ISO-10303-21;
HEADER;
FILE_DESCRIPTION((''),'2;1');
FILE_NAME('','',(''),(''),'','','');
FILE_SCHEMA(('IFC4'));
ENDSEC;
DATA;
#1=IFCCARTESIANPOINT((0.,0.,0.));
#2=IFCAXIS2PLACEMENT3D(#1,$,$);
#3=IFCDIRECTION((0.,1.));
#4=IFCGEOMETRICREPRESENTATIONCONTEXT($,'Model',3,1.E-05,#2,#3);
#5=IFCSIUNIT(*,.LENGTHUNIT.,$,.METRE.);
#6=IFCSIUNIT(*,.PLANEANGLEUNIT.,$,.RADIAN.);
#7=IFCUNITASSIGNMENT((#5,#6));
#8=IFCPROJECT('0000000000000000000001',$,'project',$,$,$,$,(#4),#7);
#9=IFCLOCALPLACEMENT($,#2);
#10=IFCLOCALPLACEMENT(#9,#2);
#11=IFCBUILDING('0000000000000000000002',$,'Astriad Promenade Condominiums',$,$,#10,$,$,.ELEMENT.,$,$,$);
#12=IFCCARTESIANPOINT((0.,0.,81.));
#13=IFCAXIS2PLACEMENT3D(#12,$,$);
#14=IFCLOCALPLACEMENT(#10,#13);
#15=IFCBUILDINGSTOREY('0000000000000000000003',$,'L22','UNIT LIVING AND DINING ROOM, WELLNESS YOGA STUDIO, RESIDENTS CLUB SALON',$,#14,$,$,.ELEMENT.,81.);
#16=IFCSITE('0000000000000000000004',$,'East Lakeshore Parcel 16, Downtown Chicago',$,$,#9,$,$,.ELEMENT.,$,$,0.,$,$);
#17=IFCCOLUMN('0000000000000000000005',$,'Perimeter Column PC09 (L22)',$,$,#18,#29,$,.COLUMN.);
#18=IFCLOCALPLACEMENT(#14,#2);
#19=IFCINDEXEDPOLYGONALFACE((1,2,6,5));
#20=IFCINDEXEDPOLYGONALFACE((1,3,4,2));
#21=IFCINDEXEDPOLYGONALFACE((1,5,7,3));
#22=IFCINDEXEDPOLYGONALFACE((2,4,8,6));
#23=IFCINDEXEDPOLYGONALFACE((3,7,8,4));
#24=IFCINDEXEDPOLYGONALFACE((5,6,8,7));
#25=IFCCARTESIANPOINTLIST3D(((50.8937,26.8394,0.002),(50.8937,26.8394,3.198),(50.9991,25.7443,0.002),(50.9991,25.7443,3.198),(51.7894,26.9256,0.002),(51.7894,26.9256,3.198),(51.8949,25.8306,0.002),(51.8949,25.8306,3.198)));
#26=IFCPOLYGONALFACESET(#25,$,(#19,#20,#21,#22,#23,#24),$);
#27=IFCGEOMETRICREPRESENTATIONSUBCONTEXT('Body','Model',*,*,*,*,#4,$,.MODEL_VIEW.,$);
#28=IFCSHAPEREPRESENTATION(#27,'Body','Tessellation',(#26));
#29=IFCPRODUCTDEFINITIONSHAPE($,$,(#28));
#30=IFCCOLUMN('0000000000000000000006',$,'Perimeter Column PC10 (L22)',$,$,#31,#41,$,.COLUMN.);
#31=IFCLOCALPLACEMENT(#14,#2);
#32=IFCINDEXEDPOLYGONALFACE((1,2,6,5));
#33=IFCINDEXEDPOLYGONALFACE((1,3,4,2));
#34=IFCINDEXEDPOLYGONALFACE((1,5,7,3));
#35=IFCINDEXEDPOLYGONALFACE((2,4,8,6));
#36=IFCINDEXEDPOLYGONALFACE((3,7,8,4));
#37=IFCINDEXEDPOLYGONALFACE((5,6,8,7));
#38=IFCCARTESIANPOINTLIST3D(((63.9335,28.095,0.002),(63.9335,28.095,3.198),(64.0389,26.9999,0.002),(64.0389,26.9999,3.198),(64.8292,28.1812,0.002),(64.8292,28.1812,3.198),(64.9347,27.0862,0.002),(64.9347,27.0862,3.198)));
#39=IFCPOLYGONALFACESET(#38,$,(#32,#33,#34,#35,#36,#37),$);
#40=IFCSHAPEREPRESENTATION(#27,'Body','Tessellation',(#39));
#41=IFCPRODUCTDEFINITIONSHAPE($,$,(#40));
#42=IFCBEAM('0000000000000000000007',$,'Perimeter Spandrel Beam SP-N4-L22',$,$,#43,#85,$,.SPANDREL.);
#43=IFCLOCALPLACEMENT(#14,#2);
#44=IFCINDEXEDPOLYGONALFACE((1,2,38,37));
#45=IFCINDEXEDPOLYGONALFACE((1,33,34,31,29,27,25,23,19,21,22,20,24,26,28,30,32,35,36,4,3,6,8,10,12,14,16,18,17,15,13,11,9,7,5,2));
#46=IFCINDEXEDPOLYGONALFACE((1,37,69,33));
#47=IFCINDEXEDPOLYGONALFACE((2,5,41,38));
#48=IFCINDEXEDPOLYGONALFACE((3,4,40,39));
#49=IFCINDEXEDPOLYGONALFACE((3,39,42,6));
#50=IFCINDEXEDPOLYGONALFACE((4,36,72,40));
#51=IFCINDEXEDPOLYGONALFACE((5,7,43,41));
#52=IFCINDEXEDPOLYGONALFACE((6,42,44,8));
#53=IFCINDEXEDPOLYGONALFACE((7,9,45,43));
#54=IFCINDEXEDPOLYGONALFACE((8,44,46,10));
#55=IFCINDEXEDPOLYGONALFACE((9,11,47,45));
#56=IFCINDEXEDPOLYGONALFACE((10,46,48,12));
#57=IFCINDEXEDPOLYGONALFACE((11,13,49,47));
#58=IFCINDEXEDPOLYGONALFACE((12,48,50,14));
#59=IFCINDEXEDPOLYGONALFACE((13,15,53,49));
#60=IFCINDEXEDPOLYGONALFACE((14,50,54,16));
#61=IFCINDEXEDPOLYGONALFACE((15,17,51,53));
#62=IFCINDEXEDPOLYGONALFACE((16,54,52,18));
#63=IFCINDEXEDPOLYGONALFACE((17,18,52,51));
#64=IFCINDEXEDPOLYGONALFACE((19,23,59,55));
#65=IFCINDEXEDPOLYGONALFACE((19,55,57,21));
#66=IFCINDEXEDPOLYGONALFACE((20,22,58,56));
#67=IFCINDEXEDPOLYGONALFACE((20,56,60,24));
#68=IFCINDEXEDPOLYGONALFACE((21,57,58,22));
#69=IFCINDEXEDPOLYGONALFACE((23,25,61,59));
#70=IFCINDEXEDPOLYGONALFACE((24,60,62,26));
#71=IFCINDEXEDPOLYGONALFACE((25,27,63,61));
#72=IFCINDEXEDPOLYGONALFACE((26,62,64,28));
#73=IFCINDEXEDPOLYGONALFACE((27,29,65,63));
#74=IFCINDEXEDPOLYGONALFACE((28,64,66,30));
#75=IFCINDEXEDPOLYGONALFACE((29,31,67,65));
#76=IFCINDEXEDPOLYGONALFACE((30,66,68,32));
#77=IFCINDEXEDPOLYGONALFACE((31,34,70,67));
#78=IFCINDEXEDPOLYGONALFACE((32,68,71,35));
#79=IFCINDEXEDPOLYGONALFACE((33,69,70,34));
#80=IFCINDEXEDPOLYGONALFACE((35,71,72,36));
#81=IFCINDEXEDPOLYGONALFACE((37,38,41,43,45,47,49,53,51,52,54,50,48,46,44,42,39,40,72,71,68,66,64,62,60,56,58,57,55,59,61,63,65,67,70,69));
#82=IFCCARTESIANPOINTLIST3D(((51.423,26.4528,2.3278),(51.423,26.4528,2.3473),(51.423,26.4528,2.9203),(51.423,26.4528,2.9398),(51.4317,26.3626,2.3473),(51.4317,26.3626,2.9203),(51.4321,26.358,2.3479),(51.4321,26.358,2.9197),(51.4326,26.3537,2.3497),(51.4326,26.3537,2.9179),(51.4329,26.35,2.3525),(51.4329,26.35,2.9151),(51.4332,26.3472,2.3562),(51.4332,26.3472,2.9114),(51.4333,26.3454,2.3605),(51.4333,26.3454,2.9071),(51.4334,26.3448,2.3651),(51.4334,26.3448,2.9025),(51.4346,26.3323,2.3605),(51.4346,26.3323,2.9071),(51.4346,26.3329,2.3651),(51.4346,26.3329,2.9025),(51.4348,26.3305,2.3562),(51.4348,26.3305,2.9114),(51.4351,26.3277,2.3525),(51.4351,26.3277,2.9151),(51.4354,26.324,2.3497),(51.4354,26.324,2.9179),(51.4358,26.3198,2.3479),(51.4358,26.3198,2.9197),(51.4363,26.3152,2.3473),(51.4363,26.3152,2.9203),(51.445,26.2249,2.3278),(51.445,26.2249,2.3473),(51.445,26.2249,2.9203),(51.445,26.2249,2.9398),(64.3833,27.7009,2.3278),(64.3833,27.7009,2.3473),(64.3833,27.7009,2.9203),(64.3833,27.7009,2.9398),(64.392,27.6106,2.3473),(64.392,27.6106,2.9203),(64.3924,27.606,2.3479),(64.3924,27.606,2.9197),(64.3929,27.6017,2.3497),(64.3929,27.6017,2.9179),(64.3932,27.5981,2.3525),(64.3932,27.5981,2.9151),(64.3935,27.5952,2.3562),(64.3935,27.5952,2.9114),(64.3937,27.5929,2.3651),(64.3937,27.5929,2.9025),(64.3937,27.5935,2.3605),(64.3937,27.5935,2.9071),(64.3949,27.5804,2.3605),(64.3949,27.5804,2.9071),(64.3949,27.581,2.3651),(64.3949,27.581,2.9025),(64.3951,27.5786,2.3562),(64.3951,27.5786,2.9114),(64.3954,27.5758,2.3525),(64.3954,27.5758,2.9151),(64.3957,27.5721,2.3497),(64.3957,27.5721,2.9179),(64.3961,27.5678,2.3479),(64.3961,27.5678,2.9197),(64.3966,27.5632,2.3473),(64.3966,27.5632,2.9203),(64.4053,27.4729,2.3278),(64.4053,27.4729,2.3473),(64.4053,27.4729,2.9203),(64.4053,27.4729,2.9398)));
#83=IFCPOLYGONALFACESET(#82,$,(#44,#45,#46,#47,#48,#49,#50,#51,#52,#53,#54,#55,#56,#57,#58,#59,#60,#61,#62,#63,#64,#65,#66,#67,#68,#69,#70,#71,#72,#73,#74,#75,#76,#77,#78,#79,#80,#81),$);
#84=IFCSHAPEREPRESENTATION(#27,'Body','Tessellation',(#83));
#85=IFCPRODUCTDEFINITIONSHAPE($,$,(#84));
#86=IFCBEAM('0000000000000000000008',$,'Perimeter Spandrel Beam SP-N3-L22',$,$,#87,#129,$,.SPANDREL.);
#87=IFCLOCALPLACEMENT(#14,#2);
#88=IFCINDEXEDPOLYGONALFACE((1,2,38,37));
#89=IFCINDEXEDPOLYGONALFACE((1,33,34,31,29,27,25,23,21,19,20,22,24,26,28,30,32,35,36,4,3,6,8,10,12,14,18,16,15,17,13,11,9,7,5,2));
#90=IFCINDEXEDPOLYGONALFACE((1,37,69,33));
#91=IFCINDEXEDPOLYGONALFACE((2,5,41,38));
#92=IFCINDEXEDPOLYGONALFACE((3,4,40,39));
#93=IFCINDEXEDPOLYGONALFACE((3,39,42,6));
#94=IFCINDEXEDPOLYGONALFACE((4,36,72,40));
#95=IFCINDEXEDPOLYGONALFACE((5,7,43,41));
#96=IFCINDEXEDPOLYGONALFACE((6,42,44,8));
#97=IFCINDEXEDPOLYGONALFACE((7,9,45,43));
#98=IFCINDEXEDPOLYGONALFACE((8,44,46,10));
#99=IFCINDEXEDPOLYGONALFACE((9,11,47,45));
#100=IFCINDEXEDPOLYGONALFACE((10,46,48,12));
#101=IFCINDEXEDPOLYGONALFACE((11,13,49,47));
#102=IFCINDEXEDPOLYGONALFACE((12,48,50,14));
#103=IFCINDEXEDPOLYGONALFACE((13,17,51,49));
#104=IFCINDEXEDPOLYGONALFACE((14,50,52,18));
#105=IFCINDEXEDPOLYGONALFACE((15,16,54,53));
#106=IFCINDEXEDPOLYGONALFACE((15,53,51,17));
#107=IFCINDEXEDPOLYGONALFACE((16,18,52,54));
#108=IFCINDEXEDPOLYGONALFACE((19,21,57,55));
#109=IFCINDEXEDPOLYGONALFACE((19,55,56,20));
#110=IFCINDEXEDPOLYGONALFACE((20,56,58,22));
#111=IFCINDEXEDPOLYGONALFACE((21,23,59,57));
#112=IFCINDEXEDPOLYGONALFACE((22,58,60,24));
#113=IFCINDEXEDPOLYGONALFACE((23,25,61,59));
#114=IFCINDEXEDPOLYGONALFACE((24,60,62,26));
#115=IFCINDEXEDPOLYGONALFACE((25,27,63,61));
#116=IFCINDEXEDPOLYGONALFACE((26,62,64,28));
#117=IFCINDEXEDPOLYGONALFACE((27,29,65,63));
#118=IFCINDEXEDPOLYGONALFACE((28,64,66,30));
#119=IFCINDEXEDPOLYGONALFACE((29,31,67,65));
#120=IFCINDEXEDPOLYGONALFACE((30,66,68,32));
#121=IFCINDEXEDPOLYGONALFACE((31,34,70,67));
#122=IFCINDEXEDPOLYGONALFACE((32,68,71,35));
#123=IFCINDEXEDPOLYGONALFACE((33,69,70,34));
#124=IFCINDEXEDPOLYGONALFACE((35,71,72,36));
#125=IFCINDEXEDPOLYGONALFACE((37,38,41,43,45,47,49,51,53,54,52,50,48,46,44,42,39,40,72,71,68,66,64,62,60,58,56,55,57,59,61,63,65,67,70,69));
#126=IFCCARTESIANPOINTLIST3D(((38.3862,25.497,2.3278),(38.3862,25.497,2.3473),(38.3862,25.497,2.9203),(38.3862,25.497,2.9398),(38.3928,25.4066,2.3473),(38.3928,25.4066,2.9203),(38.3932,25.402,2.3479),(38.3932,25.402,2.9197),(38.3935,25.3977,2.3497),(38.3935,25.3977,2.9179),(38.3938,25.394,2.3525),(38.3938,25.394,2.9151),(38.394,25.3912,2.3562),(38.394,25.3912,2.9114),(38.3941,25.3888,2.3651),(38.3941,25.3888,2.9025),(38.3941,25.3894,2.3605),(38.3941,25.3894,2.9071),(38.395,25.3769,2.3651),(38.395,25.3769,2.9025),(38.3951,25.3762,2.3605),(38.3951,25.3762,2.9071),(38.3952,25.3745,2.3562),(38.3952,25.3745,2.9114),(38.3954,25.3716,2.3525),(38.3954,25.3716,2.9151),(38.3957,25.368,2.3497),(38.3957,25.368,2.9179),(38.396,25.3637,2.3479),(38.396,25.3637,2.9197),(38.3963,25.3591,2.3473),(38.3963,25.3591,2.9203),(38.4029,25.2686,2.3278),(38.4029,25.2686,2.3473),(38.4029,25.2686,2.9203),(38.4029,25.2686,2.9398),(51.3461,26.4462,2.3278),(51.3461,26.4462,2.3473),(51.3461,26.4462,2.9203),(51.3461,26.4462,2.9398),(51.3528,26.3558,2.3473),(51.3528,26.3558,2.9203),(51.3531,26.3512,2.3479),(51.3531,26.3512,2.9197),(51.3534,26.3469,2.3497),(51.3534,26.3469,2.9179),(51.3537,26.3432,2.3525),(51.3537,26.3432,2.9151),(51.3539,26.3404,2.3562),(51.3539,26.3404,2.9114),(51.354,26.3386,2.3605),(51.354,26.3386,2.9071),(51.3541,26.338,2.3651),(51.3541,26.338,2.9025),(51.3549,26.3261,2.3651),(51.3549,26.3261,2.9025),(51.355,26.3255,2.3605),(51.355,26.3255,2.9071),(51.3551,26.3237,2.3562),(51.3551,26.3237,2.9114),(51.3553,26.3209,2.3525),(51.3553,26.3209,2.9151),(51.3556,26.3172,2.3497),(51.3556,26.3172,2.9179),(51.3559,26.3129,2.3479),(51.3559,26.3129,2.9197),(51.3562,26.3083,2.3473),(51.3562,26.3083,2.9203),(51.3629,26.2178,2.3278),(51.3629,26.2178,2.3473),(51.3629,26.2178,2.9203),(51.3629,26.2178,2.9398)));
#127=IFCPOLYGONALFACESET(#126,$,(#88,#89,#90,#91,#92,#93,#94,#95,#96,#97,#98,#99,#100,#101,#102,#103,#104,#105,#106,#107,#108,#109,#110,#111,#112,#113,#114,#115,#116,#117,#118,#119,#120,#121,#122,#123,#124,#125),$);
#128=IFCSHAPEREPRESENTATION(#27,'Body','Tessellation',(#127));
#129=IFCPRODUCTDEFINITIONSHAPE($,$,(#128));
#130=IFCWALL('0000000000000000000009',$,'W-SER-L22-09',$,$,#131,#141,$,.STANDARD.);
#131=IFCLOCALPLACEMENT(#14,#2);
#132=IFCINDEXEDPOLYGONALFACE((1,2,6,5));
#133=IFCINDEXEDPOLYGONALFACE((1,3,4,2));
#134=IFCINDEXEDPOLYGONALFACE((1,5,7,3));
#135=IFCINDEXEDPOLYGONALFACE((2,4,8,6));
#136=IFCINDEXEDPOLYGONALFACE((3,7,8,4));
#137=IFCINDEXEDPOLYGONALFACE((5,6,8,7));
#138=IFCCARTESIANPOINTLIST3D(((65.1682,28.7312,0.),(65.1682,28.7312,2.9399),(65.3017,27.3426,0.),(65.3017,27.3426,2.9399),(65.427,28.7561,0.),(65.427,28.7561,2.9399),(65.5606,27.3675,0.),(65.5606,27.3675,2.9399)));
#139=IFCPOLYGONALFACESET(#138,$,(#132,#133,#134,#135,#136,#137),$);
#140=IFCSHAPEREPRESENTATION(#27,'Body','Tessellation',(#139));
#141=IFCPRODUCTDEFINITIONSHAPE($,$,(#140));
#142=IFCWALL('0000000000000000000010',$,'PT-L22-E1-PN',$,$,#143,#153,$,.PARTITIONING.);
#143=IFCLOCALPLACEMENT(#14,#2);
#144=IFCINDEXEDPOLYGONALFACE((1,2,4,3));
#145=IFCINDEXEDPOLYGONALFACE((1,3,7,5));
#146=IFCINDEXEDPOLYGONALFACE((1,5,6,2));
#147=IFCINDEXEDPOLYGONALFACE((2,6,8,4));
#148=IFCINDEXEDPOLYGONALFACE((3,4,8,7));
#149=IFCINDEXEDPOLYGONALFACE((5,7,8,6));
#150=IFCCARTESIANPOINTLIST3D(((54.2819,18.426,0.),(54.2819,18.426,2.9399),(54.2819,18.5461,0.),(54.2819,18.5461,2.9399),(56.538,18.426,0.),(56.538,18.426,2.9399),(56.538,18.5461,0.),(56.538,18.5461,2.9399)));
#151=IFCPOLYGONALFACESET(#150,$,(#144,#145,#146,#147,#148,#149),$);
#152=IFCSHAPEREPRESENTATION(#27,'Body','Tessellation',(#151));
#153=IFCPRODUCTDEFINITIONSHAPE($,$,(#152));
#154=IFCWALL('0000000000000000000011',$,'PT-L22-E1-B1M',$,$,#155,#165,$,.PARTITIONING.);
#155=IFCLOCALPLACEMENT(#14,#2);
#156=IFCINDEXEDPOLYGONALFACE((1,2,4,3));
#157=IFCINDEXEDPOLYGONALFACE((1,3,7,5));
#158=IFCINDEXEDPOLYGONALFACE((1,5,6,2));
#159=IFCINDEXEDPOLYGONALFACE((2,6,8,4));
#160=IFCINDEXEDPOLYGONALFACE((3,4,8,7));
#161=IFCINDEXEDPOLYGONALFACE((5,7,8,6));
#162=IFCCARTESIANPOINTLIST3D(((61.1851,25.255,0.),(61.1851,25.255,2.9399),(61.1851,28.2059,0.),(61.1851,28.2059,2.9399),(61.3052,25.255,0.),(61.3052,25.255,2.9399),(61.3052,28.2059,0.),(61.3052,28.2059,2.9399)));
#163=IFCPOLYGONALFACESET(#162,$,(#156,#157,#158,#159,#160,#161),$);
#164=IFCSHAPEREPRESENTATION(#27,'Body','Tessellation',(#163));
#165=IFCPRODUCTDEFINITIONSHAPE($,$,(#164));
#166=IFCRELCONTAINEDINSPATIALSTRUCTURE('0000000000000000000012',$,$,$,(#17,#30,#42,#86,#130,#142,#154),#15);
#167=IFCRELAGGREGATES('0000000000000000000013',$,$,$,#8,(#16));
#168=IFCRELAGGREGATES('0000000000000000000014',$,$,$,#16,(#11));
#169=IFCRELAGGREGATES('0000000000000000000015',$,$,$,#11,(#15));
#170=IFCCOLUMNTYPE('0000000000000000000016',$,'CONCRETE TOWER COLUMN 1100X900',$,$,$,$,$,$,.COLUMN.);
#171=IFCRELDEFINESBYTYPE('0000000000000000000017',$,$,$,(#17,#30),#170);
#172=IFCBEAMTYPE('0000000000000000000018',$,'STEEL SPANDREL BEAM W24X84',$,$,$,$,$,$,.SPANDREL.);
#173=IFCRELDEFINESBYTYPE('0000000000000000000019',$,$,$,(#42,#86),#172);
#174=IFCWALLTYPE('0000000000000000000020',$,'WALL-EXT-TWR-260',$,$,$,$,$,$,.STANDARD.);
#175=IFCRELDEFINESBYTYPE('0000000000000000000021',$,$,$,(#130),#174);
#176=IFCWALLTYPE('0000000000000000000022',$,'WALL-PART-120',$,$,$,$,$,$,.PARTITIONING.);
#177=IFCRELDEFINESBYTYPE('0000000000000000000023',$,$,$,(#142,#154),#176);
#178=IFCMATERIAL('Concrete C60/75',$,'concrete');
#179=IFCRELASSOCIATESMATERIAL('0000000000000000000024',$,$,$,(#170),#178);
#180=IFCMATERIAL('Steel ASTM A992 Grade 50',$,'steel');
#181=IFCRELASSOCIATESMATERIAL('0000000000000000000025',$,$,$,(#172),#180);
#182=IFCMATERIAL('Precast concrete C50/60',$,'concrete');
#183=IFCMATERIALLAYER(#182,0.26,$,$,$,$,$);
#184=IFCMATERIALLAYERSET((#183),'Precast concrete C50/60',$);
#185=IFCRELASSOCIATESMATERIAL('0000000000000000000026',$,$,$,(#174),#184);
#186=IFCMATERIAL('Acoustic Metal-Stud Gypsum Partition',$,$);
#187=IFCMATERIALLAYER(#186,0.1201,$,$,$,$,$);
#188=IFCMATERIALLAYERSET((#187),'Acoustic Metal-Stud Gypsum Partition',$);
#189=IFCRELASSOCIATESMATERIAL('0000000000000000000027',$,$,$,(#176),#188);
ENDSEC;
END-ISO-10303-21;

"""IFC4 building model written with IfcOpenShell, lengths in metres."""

from ifc_helpers import new_model, si_unit, direction, frame, frame_2d, origin, origin_2d, place, context, subcontext, project, spatial, rectangle, i_section, extrude, source, transform, mapped, material, layer, layer_set, material_profile, profile_set, type_object, type_shapes, element, save


model = new_model("IFC4")

# Units and contexts
model_context = context("Model", 3, precision=1e-05, world=origin(), true_north=direction((0.0, 1.0)))
body_context = subcontext(model_context, "Body", "Model", "MODEL_VIEW")
ifc_project = project(units=[si_unit("LENGTHUNIT", "METRE"), si_unit("PLANEANGLEUNIT", "RADIAN")], contexts=[model_context])

# Site, building, storey
site_placement = place(None, origin())
site = spatial("IfcSite", under=ifc_project, at=site_placement, Name="East Lakeshore Parcel 16, Downtown Chicago", CompositionType="ELEMENT", RefElevation=0.0)
building_placement = place(site_placement, origin())
building = spatial("IfcBuilding", under=site, at=building_placement, Name="Astriad Promenade Condominiums", CompositionType="ELEMENT")
storey_placement = place(building_placement, frame((0.0, 0.0, 81.0)))
storey = spatial("IfcBuildingStorey", under=building, at=storey_placement, Name="L22", Description="UNIT LIVING AND DINING ROOM, WELLNESS YOGA STUDIO, RESIDENTS CLUB SALON", CompositionType="ELEMENT", Elevation=81.0)

# Columns
ifc_material_1 = material(Name="Concrete C60/75", Category="concrete")
ifc_material_profile_1 = material_profile(ifc_material_1, rectangle(XDim=0.8999, YDim=1.1001, at=origin_2d()), Name="RC-COL-1100X900")
ifc_profile_set_1 = profile_set([ifc_material_profile_1], Name="Concrete C60/75")
column_type = type_object("IfcColumnType", Name="CONCRETE TOWER COLUMN 1100X900", PredefinedType="COLUMN", material=ifc_profile_set_1)
shared_shape_1 = source(origin(), body_context, "Body", "SweptSolid", [
    extrude(rectangle(XDim=0.8999, YDim=1.1001, at=origin_2d()), origin(), (0.0, 0.0, 1.0), 3.196),
])
type_shapes(column_type, [shared_shape_1])
for number, where, z_axis, x_axis, name in (
    (1, (51.3943, 26.335, 0.002), (0.0, 0.0, 1.0), (0.995396, 0.095846, 0.0), "Perimeter Column PC09 (L22)"),
    (2, (64.4341, 27.5906, 0.002), (0.0, 0.0, 1.0), (0.995396, 0.095846, 0.0), "Perimeter Column PC10 (L22)"),
):
    element("IfcColumn", number, at=place(storey_placement, frame(where, z_axis=z_axis, x_axis=x_axis)), inside=storey, type_object=column_type, Name=name, PredefinedType="COLUMN", context=body_context, shape_type="MappedRepresentation", body=[
        mapped(shared_shape_1, transform((0.0, 0.0, 0.0), scale=1.0)),
    ])

# Beams
ifc_material_2 = material(Name="Steel ASTM A992 Grade 50", Category="steel")
ifc_material_profile_2 = material_profile(ifc_material_2, i_section(OverallWidth=0.229, OverallDepth=0.6121, WebThickness=0.012, FlangeThickness=0.0195, FilletRadius=0.0178, at=origin_2d()), Name="W24X84")
ifc_profile_set_2 = profile_set([ifc_material_profile_2], Name="Steel ASTM A992 Grade 50")
beam_type = type_object("IfcBeamType", Name="STEEL SPANDREL BEAM W24X84", PredefinedType="SPANDREL", material=ifc_profile_set_2)
shared_shape_2 = source(origin(), body_context, "Body", "SweptSolid", [
    extrude(i_section(OverallWidth=0.229, OverallDepth=0.6121, WebThickness=0.012, FlangeThickness=0.0195, FilletRadius=0.0178, at=origin_2d()), origin(), (0.0, 0.0, 1.0), 13.0203),
])
beam_1_placement = place(storey_placement, frame((64.3943, 27.5869, 2.6338), z_axis=(-0.995395, -0.095855, 0.0), x_axis=(0.095855, -0.995395, 0.0)))
element("IfcBeam", 3, at=beam_1_placement, inside=storey, type_object=beam_type, Name="Perimeter Spandrel Beam SP-N4-L22", PredefinedType="SPANDREL", context=body_context, shape_type="MappedRepresentation", body=[
    mapped(shared_shape_2, transform((0.0, 0.0, 0.0), scale=1.0)),
])
shared_shape_3 = source(origin(), body_context, "Body", "SweptSolid", [
    extrude(i_section(OverallWidth=0.229, OverallDepth=0.6121, WebThickness=0.012, FlangeThickness=0.0195, FilletRadius=0.0178, at=origin_2d()), origin(), (0.0, 0.0, 1.0), 12.9946),
])
type_shapes(beam_type, [shared_shape_2, shared_shape_3])
beam_2_placement = place(storey_placement, frame((51.3545, 26.332, 2.6338), z_axis=(-0.997329, -0.073047, 0.0), x_axis=(0.073047, -0.997329, 0.0)))
element("IfcBeam", 4, at=beam_2_placement, inside=storey, type_object=beam_type, Name="Perimeter Spandrel Beam SP-N3-L22", PredefinedType="SPANDREL", context=body_context, shape_type="MappedRepresentation", body=[
    mapped(shared_shape_3, transform((0.0, 0.0, 0.0), scale=1.0)),
])

# Walls
ifc_material_3 = material(Name="Precast concrete C50/60", Category="concrete")
ifc_layer_1 = layer(ifc_material_3, 0.26)
ifc_layer_set_1 = layer_set([ifc_layer_1], Name="Precast concrete C50/60")
wall_type_1 = type_object("IfcWallType", Name="WALL-EXT-TWR-260", PredefinedType="STANDARD", material=ifc_layer_set_1)
wall_1_placement = place(storey_placement, frame((65.2976, 28.7437, 0.0), z_axis=(0.0, 0.0, 1.0), x_axis=(0.095726, -0.995408, 0.0)))
element("IfcWall", 5, at=wall_1_placement, inside=storey, type_object=wall_type_1, Name="W-SER-L22-09", PredefinedType="STANDARD", context=body_context, shape_type="SweptSolid", body=[
    extrude(rectangle(XDim=1.395, YDim=0.26, at=frame_2d((0.6975, 0.0))), origin(), (0.0, 0.0, 1.0), 2.9399),
])
ifc_material_4 = material(Name="Acoustic Metal-Stud Gypsum Partition")
ifc_layer_2 = layer(ifc_material_4, 0.1201)
ifc_layer_set_2 = layer_set([ifc_layer_2], Name="Acoustic Metal-Stud Gypsum Partition")
wall_type_2 = type_object("IfcWallType", Name="WALL-PART-120", PredefinedType="PARTITIONING", material=ifc_layer_set_2)
wall_2_placement = place(storey_placement, frame((54.282, 18.4861, 0.0), z_axis=(0.0, 0.0, 1.0), x_axis=(1.0, 0.0, 0.0)))
element("IfcWall", 6, at=wall_2_placement, inside=storey, type_object=wall_type_2, Name="PT-L22-E1-PN", PredefinedType="PARTITIONING", context=body_context, shape_type="SweptSolid", body=[
    extrude(rectangle(XDim=2.2561, YDim=0.1201, at=frame_2d((1.1279, 0.0))), origin(), (0.0, 0.0, 1.0), 2.9399),
])
wall_3_placement = place(storey_placement, frame((61.2451, 25.2549, 0.0), z_axis=(0.0, 0.0, 1.0), x_axis=(0.0, 1.0, 0.0)))
element("IfcWall", 7, at=wall_3_placement, inside=storey, type_object=wall_type_2, Name="PT-L22-E1-B1M", PredefinedType="PARTITIONING", context=body_context, shape_type="SweptSolid", body=[
    extrude(rectangle(XDim=2.9509, YDim=0.1201, at=frame_2d((1.4756, 0.0))), origin(), (0.0, 0.0, 1.0), 2.9399),
])

save(model, "model.ifc")
